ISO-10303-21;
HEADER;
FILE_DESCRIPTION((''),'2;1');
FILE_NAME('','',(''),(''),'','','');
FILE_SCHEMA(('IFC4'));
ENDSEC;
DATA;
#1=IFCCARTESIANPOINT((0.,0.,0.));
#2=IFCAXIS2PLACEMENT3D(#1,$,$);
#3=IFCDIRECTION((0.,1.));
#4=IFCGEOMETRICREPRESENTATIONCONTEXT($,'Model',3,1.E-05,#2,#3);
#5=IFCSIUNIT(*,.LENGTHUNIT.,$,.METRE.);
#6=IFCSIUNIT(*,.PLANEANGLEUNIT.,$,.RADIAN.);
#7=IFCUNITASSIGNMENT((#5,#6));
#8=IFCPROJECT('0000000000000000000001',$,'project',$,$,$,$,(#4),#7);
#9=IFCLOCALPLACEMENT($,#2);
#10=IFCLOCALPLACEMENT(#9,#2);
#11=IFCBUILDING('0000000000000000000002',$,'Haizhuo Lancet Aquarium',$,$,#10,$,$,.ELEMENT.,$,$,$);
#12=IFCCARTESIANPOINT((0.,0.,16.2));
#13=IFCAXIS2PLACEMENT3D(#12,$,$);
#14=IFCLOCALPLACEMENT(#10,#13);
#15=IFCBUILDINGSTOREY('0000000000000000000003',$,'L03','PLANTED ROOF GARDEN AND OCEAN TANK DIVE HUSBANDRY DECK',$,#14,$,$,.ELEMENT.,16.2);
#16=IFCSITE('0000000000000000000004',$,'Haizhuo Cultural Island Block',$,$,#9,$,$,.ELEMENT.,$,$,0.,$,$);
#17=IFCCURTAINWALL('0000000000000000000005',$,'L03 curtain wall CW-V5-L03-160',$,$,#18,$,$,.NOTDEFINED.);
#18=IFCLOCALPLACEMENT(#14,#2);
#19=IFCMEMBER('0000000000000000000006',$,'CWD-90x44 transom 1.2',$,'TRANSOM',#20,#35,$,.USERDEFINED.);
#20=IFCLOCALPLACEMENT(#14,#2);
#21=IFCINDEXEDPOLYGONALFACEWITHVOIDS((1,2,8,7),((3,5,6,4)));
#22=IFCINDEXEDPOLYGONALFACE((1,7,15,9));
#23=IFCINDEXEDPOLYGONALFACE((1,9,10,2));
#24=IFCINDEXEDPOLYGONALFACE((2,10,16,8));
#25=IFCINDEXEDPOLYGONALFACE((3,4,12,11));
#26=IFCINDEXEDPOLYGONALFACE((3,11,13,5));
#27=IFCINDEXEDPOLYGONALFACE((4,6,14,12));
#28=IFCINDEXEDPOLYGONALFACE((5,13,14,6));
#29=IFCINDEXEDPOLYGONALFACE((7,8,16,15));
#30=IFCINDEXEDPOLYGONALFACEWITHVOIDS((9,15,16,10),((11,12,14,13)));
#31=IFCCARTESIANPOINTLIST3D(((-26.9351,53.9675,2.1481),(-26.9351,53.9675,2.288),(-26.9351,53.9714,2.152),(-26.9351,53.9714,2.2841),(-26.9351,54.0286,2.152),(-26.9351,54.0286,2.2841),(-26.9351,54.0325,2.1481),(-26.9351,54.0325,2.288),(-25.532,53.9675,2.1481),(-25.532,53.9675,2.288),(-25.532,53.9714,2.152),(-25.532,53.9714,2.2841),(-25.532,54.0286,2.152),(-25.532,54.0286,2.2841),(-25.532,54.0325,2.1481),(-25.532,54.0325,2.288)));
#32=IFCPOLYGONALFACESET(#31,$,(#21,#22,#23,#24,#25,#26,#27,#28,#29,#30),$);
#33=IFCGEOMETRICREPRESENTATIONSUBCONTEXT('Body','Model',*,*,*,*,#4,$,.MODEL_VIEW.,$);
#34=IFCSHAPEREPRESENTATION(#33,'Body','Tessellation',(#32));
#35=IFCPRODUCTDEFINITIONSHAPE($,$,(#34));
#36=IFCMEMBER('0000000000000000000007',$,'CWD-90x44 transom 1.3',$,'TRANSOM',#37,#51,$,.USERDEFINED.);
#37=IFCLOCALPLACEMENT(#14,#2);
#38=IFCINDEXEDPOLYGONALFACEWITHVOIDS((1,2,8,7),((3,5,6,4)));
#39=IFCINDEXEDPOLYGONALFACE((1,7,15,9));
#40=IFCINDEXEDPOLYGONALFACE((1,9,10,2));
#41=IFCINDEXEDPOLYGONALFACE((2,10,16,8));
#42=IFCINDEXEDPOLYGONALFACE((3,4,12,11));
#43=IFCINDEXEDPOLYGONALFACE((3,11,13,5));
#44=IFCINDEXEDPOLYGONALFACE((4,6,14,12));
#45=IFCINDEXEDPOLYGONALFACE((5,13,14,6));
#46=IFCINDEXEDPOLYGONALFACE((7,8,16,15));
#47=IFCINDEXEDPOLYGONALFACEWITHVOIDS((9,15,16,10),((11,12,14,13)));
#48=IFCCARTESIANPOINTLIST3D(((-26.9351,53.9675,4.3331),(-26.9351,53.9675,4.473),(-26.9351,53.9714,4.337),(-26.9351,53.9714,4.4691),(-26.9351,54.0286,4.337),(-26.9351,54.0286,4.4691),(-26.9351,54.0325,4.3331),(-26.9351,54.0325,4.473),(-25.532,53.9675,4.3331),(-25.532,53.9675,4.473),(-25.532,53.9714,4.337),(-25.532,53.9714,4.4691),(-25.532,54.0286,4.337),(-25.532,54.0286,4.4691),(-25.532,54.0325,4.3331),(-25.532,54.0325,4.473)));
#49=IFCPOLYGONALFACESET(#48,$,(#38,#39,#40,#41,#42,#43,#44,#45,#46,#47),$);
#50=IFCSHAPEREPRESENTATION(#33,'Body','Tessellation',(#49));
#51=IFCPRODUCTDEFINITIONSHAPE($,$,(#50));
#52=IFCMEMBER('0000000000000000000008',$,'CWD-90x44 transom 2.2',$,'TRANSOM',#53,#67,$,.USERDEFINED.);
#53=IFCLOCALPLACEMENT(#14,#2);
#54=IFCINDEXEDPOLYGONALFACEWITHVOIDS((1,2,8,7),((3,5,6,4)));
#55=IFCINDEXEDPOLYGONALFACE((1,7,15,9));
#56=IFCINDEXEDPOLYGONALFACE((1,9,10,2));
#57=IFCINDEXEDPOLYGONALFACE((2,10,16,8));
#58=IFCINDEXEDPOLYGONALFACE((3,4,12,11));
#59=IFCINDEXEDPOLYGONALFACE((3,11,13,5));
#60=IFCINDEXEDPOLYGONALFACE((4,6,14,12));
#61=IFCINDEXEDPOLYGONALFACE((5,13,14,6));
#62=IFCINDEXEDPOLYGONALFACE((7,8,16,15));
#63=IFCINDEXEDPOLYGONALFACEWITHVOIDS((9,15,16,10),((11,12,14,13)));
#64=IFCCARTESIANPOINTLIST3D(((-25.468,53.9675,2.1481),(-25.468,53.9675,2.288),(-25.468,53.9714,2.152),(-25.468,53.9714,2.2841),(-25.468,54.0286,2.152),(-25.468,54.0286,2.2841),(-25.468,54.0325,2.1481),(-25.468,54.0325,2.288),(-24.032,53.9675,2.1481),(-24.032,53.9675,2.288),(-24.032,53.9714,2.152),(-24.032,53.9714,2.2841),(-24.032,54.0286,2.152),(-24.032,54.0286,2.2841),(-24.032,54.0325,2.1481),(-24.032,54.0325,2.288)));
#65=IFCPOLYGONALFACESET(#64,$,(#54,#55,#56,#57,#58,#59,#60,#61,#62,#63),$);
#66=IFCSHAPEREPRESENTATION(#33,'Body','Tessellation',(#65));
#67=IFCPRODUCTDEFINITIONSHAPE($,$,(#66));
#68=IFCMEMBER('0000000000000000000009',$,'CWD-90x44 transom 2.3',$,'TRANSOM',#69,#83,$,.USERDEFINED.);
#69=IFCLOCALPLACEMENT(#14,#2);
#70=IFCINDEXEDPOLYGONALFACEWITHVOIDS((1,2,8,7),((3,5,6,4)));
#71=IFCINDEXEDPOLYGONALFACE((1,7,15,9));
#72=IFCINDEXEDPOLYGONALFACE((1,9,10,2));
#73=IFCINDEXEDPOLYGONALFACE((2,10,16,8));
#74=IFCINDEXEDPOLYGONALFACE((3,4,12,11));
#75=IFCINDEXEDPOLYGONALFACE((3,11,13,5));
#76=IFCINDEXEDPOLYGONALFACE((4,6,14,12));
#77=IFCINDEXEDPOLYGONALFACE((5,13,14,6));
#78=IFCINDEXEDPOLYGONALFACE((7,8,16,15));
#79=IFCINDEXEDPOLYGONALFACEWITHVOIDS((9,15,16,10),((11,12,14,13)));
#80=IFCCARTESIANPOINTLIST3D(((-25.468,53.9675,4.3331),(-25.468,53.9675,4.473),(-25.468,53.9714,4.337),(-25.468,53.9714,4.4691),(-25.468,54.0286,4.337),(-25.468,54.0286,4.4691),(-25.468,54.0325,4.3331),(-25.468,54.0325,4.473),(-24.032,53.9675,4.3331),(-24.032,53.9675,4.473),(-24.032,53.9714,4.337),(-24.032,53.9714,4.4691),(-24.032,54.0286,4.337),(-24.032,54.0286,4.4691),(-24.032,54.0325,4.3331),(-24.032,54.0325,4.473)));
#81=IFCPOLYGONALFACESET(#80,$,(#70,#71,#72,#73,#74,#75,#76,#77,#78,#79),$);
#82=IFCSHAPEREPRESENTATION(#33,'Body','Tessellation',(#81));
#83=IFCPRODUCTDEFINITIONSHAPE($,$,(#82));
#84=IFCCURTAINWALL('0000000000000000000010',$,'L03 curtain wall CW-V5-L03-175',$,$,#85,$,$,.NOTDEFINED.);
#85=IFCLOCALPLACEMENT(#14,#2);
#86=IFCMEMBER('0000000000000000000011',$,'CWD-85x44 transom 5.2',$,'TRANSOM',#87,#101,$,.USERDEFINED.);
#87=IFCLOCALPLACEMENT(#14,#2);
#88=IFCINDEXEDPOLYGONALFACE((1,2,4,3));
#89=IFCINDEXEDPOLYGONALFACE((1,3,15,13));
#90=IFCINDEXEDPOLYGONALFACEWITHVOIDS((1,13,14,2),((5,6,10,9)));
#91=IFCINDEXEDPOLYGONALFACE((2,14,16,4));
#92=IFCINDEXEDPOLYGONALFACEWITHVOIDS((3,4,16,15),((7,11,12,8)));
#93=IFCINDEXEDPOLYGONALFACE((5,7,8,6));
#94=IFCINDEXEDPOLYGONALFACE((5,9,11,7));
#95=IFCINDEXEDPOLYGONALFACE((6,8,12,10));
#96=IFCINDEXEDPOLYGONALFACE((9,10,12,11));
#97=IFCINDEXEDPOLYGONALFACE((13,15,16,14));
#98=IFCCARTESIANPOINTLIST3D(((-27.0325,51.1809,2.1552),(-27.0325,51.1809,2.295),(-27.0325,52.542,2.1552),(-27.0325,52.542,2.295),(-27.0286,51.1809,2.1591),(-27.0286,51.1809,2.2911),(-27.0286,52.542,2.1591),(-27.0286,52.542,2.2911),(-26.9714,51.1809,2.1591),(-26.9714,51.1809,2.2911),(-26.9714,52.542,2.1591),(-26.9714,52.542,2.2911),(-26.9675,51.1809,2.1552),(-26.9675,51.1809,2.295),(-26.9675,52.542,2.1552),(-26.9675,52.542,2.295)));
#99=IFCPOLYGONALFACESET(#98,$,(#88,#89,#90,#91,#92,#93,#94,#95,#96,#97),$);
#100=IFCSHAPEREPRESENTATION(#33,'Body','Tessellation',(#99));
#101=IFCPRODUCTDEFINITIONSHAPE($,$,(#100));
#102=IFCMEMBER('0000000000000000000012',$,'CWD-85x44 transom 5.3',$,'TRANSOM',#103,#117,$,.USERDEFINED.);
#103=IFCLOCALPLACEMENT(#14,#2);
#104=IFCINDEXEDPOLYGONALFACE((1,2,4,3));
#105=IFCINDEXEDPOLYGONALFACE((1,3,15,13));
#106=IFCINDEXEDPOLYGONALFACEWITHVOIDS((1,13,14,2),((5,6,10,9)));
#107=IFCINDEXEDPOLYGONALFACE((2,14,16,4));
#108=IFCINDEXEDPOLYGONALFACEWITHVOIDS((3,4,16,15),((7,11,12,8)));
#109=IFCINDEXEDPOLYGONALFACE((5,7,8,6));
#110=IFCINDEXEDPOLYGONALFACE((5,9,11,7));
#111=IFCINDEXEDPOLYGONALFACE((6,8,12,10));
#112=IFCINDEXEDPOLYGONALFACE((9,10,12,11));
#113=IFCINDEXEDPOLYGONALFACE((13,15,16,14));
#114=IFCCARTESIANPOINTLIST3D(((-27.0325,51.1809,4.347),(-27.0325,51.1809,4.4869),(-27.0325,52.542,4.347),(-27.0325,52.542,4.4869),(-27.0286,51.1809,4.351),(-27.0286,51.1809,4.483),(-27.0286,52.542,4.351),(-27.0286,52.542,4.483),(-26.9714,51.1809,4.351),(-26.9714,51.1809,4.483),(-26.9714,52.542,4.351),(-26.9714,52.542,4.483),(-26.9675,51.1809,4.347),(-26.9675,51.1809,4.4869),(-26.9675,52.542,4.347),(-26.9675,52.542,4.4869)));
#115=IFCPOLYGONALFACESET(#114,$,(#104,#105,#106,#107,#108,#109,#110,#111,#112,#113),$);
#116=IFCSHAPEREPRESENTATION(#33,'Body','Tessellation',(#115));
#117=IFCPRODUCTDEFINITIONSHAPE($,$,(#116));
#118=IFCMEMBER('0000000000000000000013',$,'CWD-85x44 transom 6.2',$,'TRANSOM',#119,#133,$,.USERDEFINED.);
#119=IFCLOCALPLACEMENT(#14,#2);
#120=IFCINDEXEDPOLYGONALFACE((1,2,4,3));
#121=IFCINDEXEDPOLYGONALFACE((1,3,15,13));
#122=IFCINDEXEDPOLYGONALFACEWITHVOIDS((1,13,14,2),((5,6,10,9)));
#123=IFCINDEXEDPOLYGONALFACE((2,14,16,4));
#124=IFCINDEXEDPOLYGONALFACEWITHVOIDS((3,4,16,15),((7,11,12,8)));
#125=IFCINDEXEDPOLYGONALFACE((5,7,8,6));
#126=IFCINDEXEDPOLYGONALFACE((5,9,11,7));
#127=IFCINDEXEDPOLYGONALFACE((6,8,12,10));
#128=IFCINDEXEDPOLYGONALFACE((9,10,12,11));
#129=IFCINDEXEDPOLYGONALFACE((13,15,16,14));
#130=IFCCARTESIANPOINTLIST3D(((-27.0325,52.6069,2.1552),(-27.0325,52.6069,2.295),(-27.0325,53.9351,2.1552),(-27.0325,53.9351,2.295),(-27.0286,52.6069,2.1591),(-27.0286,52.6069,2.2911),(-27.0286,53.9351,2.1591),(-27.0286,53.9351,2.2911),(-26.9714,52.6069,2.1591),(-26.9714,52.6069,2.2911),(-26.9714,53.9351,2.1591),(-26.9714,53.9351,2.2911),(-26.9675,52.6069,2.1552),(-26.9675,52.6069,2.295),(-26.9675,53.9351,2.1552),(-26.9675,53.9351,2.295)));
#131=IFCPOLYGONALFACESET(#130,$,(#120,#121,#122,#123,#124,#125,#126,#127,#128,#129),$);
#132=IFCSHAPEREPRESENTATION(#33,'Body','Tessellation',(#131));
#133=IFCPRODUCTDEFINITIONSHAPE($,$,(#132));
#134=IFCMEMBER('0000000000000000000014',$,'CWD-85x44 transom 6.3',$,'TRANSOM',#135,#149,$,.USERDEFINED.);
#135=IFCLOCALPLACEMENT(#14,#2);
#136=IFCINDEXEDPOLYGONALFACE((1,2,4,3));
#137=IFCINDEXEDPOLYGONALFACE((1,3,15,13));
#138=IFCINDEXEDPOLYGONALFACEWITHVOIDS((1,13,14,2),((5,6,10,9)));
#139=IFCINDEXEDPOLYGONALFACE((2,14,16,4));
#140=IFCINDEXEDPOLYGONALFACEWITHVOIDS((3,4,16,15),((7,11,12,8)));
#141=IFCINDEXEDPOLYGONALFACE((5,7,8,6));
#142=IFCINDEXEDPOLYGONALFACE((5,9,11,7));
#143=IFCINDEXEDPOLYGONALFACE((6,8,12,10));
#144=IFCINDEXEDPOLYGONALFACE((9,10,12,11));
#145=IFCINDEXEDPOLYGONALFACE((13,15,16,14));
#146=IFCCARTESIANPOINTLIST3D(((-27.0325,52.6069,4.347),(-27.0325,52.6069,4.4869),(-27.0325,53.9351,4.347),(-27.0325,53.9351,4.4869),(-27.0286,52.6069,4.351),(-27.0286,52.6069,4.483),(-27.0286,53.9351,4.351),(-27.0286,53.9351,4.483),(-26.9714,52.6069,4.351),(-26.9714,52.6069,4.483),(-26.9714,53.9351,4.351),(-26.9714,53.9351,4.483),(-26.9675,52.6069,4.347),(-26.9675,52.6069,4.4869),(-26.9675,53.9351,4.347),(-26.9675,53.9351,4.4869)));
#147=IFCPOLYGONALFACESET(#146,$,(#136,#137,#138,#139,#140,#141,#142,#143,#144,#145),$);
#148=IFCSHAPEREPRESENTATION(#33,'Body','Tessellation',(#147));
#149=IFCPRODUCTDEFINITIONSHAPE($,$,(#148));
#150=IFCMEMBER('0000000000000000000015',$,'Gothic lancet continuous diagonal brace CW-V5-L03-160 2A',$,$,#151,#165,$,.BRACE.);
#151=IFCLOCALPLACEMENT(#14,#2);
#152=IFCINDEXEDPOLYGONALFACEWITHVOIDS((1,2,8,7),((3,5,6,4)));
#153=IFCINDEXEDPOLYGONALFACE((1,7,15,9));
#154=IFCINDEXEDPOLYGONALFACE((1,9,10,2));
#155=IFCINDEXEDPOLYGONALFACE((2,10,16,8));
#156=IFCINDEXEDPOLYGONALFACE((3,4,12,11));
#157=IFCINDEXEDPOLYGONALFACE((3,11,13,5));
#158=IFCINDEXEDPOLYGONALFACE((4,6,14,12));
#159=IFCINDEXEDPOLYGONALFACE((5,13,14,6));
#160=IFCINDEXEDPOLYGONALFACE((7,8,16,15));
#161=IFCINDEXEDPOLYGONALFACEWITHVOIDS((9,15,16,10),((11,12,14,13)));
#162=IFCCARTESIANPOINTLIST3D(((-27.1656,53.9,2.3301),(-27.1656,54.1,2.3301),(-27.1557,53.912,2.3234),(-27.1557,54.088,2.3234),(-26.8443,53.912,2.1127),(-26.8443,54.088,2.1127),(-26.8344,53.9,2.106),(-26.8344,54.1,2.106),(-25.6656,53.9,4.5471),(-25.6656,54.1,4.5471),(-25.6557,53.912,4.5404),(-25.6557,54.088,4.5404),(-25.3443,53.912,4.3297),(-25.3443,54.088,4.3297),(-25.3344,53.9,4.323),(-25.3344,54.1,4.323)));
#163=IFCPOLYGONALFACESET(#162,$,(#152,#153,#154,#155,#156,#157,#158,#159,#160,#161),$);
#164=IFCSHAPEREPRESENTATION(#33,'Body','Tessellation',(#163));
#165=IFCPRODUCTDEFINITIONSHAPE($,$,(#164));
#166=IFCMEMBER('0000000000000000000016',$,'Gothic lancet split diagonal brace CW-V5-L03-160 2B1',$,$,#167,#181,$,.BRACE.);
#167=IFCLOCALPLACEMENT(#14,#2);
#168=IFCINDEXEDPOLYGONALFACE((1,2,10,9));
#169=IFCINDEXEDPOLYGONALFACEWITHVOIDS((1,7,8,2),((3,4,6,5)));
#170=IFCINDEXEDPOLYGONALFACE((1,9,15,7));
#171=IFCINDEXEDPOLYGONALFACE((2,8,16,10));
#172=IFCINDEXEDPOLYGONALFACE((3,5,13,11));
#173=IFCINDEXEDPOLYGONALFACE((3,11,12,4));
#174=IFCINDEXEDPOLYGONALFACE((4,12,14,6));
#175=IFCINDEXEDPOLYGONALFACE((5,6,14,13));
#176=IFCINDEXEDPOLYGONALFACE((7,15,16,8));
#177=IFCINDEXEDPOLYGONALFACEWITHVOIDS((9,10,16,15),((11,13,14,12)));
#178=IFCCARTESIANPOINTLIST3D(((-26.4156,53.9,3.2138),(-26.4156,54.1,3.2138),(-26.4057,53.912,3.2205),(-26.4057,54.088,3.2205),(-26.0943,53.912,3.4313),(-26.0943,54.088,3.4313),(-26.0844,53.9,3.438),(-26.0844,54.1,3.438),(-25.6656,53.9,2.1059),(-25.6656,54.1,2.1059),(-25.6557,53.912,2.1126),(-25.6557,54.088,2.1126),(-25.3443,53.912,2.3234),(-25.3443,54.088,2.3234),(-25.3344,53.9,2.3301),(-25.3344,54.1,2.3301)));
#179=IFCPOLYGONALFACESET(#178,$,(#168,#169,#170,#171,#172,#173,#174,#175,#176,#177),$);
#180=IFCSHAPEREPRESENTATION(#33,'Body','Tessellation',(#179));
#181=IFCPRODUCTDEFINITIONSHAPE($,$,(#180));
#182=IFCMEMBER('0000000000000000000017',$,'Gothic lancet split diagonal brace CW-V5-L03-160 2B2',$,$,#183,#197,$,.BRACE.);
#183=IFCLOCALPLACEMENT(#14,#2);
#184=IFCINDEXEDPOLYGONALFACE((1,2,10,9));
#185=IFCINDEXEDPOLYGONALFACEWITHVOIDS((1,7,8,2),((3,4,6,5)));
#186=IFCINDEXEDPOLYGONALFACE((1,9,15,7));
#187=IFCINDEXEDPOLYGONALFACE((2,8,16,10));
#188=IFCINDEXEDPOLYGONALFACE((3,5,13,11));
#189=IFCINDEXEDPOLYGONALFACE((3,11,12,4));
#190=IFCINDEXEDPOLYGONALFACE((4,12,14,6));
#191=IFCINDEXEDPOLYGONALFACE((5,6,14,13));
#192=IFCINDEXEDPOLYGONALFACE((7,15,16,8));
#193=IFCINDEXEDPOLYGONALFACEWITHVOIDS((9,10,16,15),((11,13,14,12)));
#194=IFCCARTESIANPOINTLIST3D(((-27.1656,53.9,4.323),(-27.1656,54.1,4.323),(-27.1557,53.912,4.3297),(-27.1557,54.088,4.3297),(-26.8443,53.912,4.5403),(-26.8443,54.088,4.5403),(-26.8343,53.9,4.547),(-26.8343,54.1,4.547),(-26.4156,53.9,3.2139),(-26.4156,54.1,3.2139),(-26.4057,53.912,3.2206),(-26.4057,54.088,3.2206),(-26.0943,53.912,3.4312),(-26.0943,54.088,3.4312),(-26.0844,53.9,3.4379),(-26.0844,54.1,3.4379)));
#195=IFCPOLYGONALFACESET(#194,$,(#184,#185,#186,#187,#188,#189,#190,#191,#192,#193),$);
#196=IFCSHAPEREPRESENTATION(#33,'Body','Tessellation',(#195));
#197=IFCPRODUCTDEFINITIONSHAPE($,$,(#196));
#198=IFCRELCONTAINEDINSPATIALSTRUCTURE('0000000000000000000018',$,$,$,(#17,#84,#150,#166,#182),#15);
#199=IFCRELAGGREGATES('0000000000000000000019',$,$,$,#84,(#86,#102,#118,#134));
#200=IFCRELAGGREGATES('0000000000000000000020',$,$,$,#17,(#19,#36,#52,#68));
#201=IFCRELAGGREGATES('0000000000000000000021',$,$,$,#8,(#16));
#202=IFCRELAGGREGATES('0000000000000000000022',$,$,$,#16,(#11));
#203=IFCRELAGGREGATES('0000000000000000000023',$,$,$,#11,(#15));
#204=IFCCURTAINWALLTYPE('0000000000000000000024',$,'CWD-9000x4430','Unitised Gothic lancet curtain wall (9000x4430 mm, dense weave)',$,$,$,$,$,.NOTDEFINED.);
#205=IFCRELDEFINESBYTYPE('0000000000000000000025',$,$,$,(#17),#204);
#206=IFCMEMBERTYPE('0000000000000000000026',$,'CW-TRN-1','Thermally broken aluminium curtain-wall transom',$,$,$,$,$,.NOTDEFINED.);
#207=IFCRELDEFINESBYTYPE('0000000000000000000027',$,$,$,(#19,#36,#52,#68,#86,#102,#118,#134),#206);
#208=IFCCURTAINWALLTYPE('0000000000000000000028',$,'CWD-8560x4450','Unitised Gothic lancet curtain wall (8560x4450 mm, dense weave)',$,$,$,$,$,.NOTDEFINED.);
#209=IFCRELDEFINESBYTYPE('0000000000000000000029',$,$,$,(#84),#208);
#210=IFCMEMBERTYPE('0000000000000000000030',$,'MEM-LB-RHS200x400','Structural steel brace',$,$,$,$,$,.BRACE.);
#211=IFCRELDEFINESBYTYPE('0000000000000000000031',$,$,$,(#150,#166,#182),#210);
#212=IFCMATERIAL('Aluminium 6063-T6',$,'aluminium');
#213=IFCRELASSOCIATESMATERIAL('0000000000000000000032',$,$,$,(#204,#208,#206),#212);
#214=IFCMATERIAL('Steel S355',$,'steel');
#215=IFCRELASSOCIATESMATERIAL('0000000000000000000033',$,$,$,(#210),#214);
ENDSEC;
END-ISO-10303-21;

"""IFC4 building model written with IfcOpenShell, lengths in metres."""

from ifc_helpers import new_model, si_unit, direction, frame, origin, origin_2d, place, context, subcontext, project, spatial, hollow_rectangle, extrude, material, material_profile, profile_set, type_object, element, aggregate, save


model = new_model("IFC4")

# Units and contexts
model_context = context("Model", 3, precision=1e-05, world=origin(), true_north=direction((0.0, 1.0)))
body_context = subcontext(model_context, "Body", "Model", "MODEL_VIEW")
ifc_project = project(units=[si_unit("LENGTHUNIT", "METRE"), si_unit("PLANEANGLEUNIT", "RADIAN")], contexts=[model_context])

# Site, building, storey
site_placement = place(None, origin())
site = spatial("IfcSite", under=ifc_project, at=site_placement, Name="Haizhuo Cultural Island Block", CompositionType="ELEMENT", RefElevation=0.0)
building_placement = place(site_placement, origin())
building = spatial("IfcBuilding", under=site, at=building_placement, Name="Haizhuo Lancet Aquarium", CompositionType="ELEMENT")
storey_placement = place(building_placement, frame((0.0, 0.0, 16.2)))
storey = spatial("IfcBuildingStorey", under=building, at=storey_placement, Name="L03", Description="PLANTED ROOF GARDEN AND OCEAN TANK DIVE HUSBANDRY DECK", CompositionType="ELEMENT", Elevation=16.2)

# Curtain walls, members
ifc_material_1 = material(Name="Aluminium 6063-T6", Category="aluminium")
curtain_wall_type_1 = type_object("IfcCurtainWallType", Name="CWD-9000x4430", Description="Unitised Gothic lancet curtain wall (9000x4430 mm, dense weave)", PredefinedType="NOTDEFINED", material=ifc_material_1)
curtain_wall_1_placement = place(storey_placement, origin())
curtain_wall_1 = element("IfcCurtainWall", 1, at=curtain_wall_1_placement, inside=storey, type_object=curtain_wall_type_1, Name="L03 curtain wall CW-V5-L03-160", PredefinedType="NOTDEFINED")
ifc_material_profile_1 = material_profile(ifc_material_1, hollow_rectangle(XDim=0.0649, YDim=0.1399, WallThickness=0.0039, at=origin_2d()), Name="ALU-T 65x140x4")
ifc_profile_set_1 = profile_set([ifc_material_profile_1], Name="Aluminium 6063-T6")
member_type_1 = type_object("IfcMemberType", Name="CW-TRN-1", Description="Thermally broken aluminium curtain-wall transom", PredefinedType="NOTDEFINED", material=ifc_profile_set_1)
member_1_placement = place(storey_placement, frame((-26.9351, 54.0, 2.218), z_axis=(1.0, 0.0, 0.0), x_axis=(0.0, 1.0, 0.0)))
member_1 = element("IfcMember", 2, at=member_1_placement, type_object=member_type_1, Name="CWD-90x44 transom 1.2", ObjectType="TRANSOM", PredefinedType="USERDEFINED", context=body_context, shape_type="SweptSolid", body=[
    extrude(hollow_rectangle(XDim=0.0649, YDim=0.1399, WallThickness=0.0039, at=origin_2d()), origin(), (0.0, 0.0, 1.0), 1.4031),
])
member_2_placement = place(storey_placement, frame((-26.9351, 54.0, 4.4031), z_axis=(1.0, 0.0, 0.0), x_axis=(0.0, 1.0, 0.0)))
member_2 = element("IfcMember", 3, at=member_2_placement, type_object=member_type_1, Name="CWD-90x44 transom 1.3", ObjectType="TRANSOM", PredefinedType="USERDEFINED", context=body_context, shape_type="SweptSolid", body=[
    extrude(hollow_rectangle(XDim=0.0649, YDim=0.1399, WallThickness=0.0039, at=origin_2d()), origin(), (0.0, 0.0, 1.0), 1.4031),
])
member_3_placement = place(storey_placement, frame((-25.468, 54.0, 2.218), z_axis=(1.0, 0.0, 0.0), x_axis=(0.0, 1.0, 0.0)))
member_3 = element("IfcMember", 4, at=member_3_placement, type_object=member_type_1, Name="CWD-90x44 transom 2.2", ObjectType="TRANSOM", PredefinedType="USERDEFINED", context=body_context, shape_type="SweptSolid", body=[
    extrude(hollow_rectangle(XDim=0.0649, YDim=0.1399, WallThickness=0.0039, at=origin_2d()), origin(), (0.0, 0.0, 1.0), 1.436),
])
member_4_placement = place(storey_placement, frame((-25.468, 54.0, 4.4031), z_axis=(1.0, 0.0, 0.0), x_axis=(0.0, 1.0, 0.0)))
member_4 = element("IfcMember", 5, at=member_4_placement, type_object=member_type_1, Name="CWD-90x44 transom 2.3", ObjectType="TRANSOM", PredefinedType="USERDEFINED", context=body_context, shape_type="SweptSolid", body=[
    extrude(hollow_rectangle(XDim=0.0649, YDim=0.1399, WallThickness=0.0039, at=origin_2d()), origin(), (0.0, 0.0, 1.0), 1.436),
])
curtain_wall_type_2 = type_object("IfcCurtainWallType", Name="CWD-8560x4450", Description="Unitised Gothic lancet curtain wall (8560x4450 mm, dense weave)", PredefinedType="NOTDEFINED", material=ifc_material_1)
curtain_wall_2_placement = place(storey_placement, origin())
curtain_wall_2 = element("IfcCurtainWall", 6, at=curtain_wall_2_placement, inside=storey, type_object=curtain_wall_type_2, Name="L03 curtain wall CW-V5-L03-175", PredefinedType="NOTDEFINED")
member_5_placement = place(storey_placement, frame((-27.0, 51.1809, 2.2251), z_axis=(0.0, 1.0, 0.0), x_axis=(-1.0, 0.0, 0.0)))
member_5 = element("IfcMember", 7, at=member_5_placement, type_object=member_type_1, Name="CWD-85x44 transom 5.2", ObjectType="TRANSOM", PredefinedType="USERDEFINED", context=body_context, shape_type="SweptSolid", body=[
    extrude(hollow_rectangle(XDim=0.0649, YDim=0.1399, WallThickness=0.0039, at=origin_2d()), origin(), (0.0, 0.0, 1.0), 1.3611),
])
member_6_placement = place(storey_placement, frame((-27.0, 51.1809, 4.417), z_axis=(0.0, 1.0, 0.0), x_axis=(-1.0, 0.0, 0.0)))
member_6 = element("IfcMember", 8, at=member_6_placement, type_object=member_type_1, Name="CWD-85x44 transom 5.3", ObjectType="TRANSOM", PredefinedType="USERDEFINED", context=body_context, shape_type="SweptSolid", body=[
    extrude(hollow_rectangle(XDim=0.0649, YDim=0.1399, WallThickness=0.0039, at=origin_2d()), origin(), (0.0, 0.0, 1.0), 1.3611),
])
member_7_placement = place(storey_placement, frame((-27.0, 52.6069, 2.2251), z_axis=(0.0, 1.0, 0.0), x_axis=(-1.0, 0.0, 0.0)))
member_7 = element("IfcMember", 9, at=member_7_placement, type_object=member_type_1, Name="CWD-85x44 transom 6.2", ObjectType="TRANSOM", PredefinedType="USERDEFINED", context=body_context, shape_type="SweptSolid", body=[
    extrude(hollow_rectangle(XDim=0.0649, YDim=0.1399, WallThickness=0.0039, at=origin_2d()), origin(), (0.0, 0.0, 1.0), 1.3281),
])
member_8_placement = place(storey_placement, frame((-27.0, 52.6069, 4.417), z_axis=(0.0, 1.0, 0.0), x_axis=(-1.0, 0.0, 0.0)))
member_8 = element("IfcMember", 10, at=member_8_placement, type_object=member_type_1, Name="CWD-85x44 transom 6.3", ObjectType="TRANSOM", PredefinedType="USERDEFINED", context=body_context, shape_type="SweptSolid", body=[
    extrude(hollow_rectangle(XDim=0.0649, YDim=0.1399, WallThickness=0.0039, at=origin_2d()), origin(), (0.0, 0.0, 1.0), 1.3281),
])

# Members
ifc_material_2 = material(Name="Steel S355", Category="steel")
ifc_material_profile_2 = material_profile(ifc_material_2, hollow_rectangle(XDim=0.2, YDim=0.3999, WallThickness=0.012, at=origin_2d()), Name="RHS 200x400x12")
ifc_profile_set_2 = profile_set([ifc_material_profile_2], Name="Steel S355")
member_type_2 = type_object("IfcMemberType", Name="MEM-LB-RHS200x400", Description="Structural steel brace", PredefinedType="BRACE", material=ifc_profile_set_2)
member_9_placement = place(storey_placement, frame((-27.0, 54.0, 2.218), z_axis=(0.56037, 0.0, 0.828242), x_axis=(0.0, 1.0, 0.0)))
element("IfcMember", 11, at=member_9_placement, inside=storey, type_object=member_type_2, Name="Gothic lancet continuous diagonal brace CW-V5-L03-160 2A", PredefinedType="BRACE", context=body_context, shape_type="SweptSolid", body=[
    extrude(hollow_rectangle(XDim=0.2, YDim=0.3999, WallThickness=0.012, at=origin_2d()), origin(), (0.0, 0.0, 1.0), 2.6768),
])
member_10_placement = place(storey_placement, frame((-25.5, 54.0, 2.218), z_axis=(-0.560582, 0.0, 0.828099), x_axis=(0.0, -1.0, 0.0)))
element("IfcMember", 12, at=member_10_placement, inside=storey, type_object=member_type_2, Name="Gothic lancet split diagonal brace CW-V5-L03-160 2B1", PredefinedType="BRACE", context=body_context, shape_type="SweptSolid", body=[
    extrude(hollow_rectangle(XDim=0.2, YDim=0.3999, WallThickness=0.012, at=origin_2d()), origin(), (0.0, 0.0, 1.0), 1.3379),
])
member_11_placement = place(storey_placement, frame((-26.25, 54.0, 3.3259), z_axis=(-0.560159, 0.0, 0.828385), x_axis=(0.0, -1.0, 0.0)))
element("IfcMember", 13, at=member_11_placement, inside=storey, type_object=member_type_2, Name="Gothic lancet split diagonal brace CW-V5-L03-160 2B2", PredefinedType="BRACE", context=body_context, shape_type="SweptSolid", body=[
    extrude(hollow_rectangle(XDim=0.2, YDim=0.3999, WallThickness=0.012, at=origin_2d()), origin(), (0.0, 0.0, 1.0), 1.3389),
])

aggregate(curtain_wall_2, [member_5, member_6, member_7, member_8])
aggregate(curtain_wall_1, [member_1, member_2, member_3, member_4])

save(model, "model.ifc")
